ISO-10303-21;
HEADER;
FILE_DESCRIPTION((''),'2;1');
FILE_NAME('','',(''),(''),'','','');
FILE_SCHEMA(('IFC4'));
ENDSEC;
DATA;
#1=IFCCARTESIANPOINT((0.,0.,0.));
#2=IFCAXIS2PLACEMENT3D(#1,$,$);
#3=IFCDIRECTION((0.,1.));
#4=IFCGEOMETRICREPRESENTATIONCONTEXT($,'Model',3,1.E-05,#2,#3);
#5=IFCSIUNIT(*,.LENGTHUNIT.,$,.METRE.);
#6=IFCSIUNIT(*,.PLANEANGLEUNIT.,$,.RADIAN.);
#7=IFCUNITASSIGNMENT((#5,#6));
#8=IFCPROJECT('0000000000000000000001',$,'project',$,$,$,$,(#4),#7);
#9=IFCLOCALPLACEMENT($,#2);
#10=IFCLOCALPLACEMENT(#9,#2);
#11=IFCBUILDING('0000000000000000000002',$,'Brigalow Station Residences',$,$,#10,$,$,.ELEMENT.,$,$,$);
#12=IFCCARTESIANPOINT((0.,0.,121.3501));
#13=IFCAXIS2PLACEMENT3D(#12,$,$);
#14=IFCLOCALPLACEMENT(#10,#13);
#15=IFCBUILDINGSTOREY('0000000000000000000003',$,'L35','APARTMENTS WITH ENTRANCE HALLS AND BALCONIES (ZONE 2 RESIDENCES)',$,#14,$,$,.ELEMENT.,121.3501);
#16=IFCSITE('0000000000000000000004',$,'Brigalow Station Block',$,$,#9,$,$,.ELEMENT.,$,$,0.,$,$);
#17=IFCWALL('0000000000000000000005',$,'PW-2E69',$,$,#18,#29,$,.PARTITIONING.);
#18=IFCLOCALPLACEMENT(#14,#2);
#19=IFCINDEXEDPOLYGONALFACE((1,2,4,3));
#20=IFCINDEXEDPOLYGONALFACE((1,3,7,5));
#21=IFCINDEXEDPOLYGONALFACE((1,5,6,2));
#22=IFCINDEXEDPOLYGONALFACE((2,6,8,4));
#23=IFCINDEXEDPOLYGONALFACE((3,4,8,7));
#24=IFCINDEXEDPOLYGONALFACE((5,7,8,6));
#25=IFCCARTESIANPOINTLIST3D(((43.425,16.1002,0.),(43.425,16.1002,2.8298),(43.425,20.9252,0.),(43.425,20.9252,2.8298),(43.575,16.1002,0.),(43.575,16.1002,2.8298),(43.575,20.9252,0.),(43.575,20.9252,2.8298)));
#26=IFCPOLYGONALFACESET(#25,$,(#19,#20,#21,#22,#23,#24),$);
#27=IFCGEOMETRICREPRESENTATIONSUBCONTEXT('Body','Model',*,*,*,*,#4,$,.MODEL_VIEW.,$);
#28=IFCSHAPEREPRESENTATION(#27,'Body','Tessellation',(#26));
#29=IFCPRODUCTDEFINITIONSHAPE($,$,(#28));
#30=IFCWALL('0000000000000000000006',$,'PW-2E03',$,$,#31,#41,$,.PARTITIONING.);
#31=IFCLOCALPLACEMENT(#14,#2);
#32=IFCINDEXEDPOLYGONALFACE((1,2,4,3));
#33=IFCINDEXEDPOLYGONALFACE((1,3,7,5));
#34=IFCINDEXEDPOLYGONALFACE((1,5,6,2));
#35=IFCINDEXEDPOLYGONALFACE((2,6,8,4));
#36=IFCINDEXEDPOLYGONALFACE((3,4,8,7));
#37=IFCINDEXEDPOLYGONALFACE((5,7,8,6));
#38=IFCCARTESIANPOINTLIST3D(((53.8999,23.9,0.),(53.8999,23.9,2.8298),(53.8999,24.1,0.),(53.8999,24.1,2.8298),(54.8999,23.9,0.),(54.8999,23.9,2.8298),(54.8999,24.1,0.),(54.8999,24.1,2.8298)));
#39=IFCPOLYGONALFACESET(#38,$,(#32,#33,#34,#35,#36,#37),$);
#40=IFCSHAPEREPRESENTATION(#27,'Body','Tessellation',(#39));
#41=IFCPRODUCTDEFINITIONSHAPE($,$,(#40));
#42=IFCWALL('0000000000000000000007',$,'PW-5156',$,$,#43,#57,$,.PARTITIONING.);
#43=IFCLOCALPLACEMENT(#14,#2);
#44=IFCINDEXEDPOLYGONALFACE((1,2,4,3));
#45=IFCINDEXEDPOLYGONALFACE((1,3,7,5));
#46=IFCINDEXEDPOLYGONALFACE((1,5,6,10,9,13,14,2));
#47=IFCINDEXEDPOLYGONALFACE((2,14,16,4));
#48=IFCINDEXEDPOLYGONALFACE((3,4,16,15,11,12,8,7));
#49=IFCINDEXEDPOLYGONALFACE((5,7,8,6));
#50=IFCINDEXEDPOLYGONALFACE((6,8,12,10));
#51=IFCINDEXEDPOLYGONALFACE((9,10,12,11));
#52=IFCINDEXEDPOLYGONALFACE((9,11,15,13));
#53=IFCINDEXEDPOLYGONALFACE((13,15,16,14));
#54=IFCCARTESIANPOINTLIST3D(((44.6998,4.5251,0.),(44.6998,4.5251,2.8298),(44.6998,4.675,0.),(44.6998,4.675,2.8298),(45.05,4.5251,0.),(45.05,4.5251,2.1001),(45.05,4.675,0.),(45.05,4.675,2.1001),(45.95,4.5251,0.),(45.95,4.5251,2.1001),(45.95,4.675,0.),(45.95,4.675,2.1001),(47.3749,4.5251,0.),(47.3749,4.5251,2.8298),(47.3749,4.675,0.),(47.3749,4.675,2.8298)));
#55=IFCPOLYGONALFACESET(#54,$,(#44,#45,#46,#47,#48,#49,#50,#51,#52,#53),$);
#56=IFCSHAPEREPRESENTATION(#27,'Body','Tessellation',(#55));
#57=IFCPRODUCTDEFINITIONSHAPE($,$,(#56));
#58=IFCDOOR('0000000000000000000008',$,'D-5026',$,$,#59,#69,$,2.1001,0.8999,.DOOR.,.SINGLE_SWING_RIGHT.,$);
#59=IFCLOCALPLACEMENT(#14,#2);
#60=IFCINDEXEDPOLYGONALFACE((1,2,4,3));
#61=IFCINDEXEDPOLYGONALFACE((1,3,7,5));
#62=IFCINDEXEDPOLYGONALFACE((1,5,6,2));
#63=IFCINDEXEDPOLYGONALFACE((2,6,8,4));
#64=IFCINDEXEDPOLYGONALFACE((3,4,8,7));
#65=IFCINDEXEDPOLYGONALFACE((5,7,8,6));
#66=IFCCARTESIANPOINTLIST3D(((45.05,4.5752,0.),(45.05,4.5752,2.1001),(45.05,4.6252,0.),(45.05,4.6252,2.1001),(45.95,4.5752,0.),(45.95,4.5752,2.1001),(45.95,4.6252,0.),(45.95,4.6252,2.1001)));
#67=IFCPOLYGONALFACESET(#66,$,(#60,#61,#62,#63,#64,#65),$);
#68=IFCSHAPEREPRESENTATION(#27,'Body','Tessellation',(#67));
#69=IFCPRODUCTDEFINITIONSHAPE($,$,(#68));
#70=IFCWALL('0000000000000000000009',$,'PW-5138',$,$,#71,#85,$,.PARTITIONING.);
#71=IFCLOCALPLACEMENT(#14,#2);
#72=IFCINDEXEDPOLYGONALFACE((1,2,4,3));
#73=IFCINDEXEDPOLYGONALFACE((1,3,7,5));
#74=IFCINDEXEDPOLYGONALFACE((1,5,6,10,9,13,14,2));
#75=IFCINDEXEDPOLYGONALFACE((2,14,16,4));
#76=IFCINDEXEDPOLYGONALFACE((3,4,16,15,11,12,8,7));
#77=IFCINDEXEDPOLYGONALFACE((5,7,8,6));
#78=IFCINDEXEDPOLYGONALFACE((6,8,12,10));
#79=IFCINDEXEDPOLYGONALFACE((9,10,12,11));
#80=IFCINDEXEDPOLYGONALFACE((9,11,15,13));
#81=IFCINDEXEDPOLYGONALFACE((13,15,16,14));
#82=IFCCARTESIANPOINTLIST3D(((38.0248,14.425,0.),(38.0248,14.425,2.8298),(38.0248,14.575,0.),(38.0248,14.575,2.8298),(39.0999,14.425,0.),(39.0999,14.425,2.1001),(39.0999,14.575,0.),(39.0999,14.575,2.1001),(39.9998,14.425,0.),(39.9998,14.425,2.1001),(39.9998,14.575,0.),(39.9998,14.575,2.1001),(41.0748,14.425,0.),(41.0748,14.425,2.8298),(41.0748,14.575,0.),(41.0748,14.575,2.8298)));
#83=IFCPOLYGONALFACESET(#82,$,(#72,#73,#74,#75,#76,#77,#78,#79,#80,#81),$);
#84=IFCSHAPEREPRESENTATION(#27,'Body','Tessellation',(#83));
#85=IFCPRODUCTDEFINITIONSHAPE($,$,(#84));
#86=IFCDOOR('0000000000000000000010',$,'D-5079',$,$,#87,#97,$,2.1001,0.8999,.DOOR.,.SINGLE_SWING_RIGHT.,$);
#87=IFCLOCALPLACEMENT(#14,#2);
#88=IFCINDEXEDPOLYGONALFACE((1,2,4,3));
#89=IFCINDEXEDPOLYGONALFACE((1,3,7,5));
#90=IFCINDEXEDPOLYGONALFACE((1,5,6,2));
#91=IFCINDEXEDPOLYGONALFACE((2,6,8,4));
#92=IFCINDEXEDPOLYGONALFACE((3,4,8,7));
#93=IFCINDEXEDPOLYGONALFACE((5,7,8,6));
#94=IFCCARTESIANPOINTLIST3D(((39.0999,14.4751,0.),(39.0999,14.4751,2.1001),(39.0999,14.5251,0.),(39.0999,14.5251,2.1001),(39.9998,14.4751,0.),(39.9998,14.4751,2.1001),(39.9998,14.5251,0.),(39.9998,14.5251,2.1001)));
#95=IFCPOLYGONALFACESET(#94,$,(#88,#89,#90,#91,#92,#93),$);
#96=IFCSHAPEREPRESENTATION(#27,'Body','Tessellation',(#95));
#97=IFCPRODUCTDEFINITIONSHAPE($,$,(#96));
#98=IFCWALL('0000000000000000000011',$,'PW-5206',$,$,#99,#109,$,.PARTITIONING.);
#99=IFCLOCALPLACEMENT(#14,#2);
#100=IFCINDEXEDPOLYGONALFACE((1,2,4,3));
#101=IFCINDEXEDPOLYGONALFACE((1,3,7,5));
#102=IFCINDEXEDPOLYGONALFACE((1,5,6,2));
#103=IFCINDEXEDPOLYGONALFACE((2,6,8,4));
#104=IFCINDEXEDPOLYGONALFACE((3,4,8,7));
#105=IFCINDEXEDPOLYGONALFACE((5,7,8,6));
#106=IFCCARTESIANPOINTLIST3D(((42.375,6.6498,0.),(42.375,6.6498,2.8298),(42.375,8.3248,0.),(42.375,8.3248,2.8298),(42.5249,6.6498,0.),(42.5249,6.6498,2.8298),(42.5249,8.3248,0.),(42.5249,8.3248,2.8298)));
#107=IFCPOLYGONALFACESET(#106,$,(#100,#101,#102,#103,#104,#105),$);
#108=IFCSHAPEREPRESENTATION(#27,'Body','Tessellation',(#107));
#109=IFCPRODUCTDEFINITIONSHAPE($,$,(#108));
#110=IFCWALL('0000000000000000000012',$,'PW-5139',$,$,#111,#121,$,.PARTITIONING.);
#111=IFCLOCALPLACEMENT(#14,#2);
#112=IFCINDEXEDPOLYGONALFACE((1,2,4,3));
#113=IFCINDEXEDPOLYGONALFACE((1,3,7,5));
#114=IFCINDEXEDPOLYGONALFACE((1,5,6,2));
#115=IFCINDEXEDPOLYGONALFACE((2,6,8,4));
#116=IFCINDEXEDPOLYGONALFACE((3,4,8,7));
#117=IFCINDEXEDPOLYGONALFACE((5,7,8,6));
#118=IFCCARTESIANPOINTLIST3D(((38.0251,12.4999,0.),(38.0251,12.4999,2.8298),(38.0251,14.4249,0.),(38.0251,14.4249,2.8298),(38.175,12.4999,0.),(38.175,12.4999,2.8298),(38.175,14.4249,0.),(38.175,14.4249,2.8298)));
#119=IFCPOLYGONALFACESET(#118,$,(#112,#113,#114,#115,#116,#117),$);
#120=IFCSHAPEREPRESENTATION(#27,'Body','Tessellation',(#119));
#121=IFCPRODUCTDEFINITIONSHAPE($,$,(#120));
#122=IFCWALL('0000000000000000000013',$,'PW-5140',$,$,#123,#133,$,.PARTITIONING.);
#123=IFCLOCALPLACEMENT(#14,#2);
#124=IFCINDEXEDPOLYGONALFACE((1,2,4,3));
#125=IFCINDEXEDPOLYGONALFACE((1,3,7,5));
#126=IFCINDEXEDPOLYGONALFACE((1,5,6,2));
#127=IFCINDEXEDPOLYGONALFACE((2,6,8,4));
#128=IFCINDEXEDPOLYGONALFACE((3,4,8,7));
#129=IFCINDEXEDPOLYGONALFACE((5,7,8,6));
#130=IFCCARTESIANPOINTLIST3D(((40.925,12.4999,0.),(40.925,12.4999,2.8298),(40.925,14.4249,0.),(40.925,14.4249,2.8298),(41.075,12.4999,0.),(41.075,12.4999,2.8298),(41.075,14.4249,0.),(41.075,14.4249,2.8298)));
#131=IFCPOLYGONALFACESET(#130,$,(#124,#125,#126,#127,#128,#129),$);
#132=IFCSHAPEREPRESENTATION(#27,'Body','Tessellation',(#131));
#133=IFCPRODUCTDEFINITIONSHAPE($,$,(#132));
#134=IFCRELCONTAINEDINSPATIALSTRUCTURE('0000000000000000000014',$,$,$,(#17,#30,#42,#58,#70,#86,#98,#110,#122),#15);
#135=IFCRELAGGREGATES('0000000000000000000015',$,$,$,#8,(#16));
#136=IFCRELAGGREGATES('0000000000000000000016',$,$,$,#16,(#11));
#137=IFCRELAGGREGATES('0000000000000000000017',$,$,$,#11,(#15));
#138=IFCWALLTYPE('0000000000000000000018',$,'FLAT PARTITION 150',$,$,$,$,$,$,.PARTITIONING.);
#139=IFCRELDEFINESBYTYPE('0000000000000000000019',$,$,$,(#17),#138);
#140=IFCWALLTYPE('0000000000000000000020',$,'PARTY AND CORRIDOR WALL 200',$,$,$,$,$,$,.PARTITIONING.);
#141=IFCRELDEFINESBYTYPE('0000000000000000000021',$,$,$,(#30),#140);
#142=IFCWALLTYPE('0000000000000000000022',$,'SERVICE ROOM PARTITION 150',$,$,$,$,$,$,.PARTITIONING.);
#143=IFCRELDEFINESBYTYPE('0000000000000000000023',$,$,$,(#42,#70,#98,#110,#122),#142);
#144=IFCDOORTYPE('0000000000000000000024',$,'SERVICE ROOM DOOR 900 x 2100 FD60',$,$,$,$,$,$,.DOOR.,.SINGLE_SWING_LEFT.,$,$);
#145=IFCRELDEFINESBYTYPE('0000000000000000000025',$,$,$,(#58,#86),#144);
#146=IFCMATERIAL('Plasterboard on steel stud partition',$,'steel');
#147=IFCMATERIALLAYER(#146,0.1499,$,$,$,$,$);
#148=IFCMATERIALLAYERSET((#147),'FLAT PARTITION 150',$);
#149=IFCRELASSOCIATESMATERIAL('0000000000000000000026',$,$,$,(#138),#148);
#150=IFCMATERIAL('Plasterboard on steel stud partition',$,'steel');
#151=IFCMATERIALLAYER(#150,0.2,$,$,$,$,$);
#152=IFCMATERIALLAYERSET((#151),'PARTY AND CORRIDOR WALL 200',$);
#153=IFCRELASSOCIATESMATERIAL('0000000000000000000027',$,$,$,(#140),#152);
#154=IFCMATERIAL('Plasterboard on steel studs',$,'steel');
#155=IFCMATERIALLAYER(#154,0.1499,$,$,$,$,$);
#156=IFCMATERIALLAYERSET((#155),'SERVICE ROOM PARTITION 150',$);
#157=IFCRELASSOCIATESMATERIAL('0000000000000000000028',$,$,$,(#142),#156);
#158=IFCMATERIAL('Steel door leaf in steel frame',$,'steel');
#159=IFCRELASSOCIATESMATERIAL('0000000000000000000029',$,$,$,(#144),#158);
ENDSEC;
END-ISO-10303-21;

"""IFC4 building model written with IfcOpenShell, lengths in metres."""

from ifc_helpers import new_model, si_unit, direction, frame, frame_2d, origin, place, context, subcontext, project, spatial, rectangle, extrude, material, layer, layer_set, type_object, element, fill, save


model = new_model("IFC4")

# Units and contexts
model_context = context("Model", 3, precision=1e-05, world=origin(), true_north=direction((0.0, 1.0)))
body_context = subcontext(model_context, "Body", "Model", "MODEL_VIEW")
ifc_project = project(units=[si_unit("LENGTHUNIT", "METRE"), si_unit("PLANEANGLEUNIT", "RADIAN")], contexts=[model_context])

# Site, building, storey
site_placement = place(None, origin())
site = spatial("IfcSite", under=ifc_project, at=site_placement, Name="Brigalow Station Block", CompositionType="ELEMENT", RefElevation=0.0)
building_placement = place(site_placement, origin())
building = spatial("IfcBuilding", under=site, at=building_placement, Name="Brigalow Station Residences", CompositionType="ELEMENT")
storey_placement = place(building_placement, frame((0.0, 0.0, 121.3501)))
storey = spatial("IfcBuildingStorey", under=building, at=storey_placement, Name="L35", Description="APARTMENTS WITH ENTRANCE HALLS AND BALCONIES (ZONE 2 RESIDENCES)", CompositionType="ELEMENT", Elevation=121.3501)

# Shared definitions
ifc_material_1 = material(Name="Plasterboard on steel stud partition", Category="steel")
ifc_layer_1 = layer(ifc_material_1, 0.1499)
ifc_layer_set_1 = layer_set([ifc_layer_1], Name="FLAT PARTITION 150")
wall_type_1 = type_object("IfcWallType", Name="FLAT PARTITION 150", PredefinedType="PARTITIONING", material=ifc_layer_set_1)

# Walls
for number, where, z_axis, x_axis, name in (
    (1, (43.5, 16.1001, 0.0), (0.0, 0.0, 1.0), (0.0, 1.0, 0.0), "PW-2E69"),
):
    element("IfcWall", number, at=place(storey_placement, frame(where, z_axis=z_axis, x_axis=x_axis)), inside=storey, type_object=wall_type_1, Name=name, PredefinedType="PARTITIONING", context=body_context, shape_type="SweptSolid", body=[
        extrude(rectangle(XDim=4.825, YDim=0.1499, at=frame_2d((2.4126, 0.0))), origin(), (0.0, 0.0, 1.0), 2.8298),
    ])
ifc_material_2 = material(Name="Plasterboard on steel stud partition", Category="steel")
ifc_layer_2 = layer(ifc_material_2, 0.2)
ifc_layer_set_2 = layer_set([ifc_layer_2], Name="PARTY AND CORRIDOR WALL 200")
wall_type_2 = type_object("IfcWallType", Name="PARTY AND CORRIDOR WALL 200", PredefinedType="PARTITIONING", material=ifc_layer_set_2)
wall_1_placement = place(storey_placement, frame((53.8999, 24.0, 0.0), z_axis=(0.0, 0.0, 1.0), x_axis=(1.0, 0.0, 0.0)))
element("IfcWall", 2, at=wall_1_placement, inside=storey, type_object=wall_type_2, Name="PW-2E03", PredefinedType="PARTITIONING", context=body_context, shape_type="SweptSolid", body=[
    extrude(rectangle(XDim=1.0, YDim=0.2, at=frame_2d((0.5, 0.0))), origin(), (0.0, 0.0, 1.0), 2.8298),
])

# Walls, openings, doors
ifc_material_3 = material(Name="Plasterboard on steel studs", Category="steel")
ifc_layer_3 = layer(ifc_material_3, 0.1499)
ifc_layer_set_3 = layer_set([ifc_layer_3], Name="SERVICE ROOM PARTITION 150")
wall_type_3 = type_object("IfcWallType", Name="SERVICE ROOM PARTITION 150", PredefinedType="PARTITIONING", material=ifc_layer_set_3)
wall_2_placement = place(storey_placement, frame((44.7, 4.6001, 0.0), z_axis=(0.0, 0.0, 1.0), x_axis=(1.0, 0.0, 0.0)))
wall_2 = element("IfcWall", 3, at=wall_2_placement, inside=storey, type_object=wall_type_3, Name="PW-5156", PredefinedType="PARTITIONING", context=body_context, shape_type="SweptSolid", body=[
    extrude(rectangle(XDim=2.675, YDim=0.1499, at=frame_2d((1.3374, 0.0))), origin(), (0.0, 0.0, 1.0), 2.8298),
])
opening_1_placement = place(wall_2_placement, frame((0.3501, 0.0, 0.0)))
opening_1 = element("IfcOpeningElement", 4, at=opening_1_placement, cuts=wall_2, PredefinedType="OPENING", context=body_context, shape_type="SweptSolid", body=[
    extrude(rectangle(XDim=0.8999, YDim=2.1001, at=frame_2d((0.45, 1.05))), frame((0.0, 0.085, 0.0), z_axis=(0.0, -1.0, 0.0), x_axis=(1.0, 0.0, 0.0)), (0.0, 0.0, 1.0), 0.1699),
])
ifc_material_4 = material(Name="Steel door leaf in steel frame", Category="steel")
door_type_1 = type_object("IfcDoorType", Name="SERVICE ROOM DOOR 900 x 2100 FD60", OperationType="SINGLE_SWING_LEFT", PredefinedType="DOOR", material=ifc_material_4)
door_1_placement = place(opening_1_placement, frame((0.8999, 0.0, 0.0), z_axis=(0.0, 0.0, 1.0), x_axis=(-1.0, 0.0, 0.0)))
door_1 = element("IfcDoor", 5, at=door_1_placement, inside=storey, type_object=door_type_1, Name="D-5026", OperationType="SINGLE_SWING_RIGHT", OverallHeight=2.1001, OverallWidth=0.8999, PredefinedType="DOOR", context=body_context, shape_type="SweptSolid", body=[
    extrude(rectangle(XDim=0.8999, YDim=2.1001, at=frame_2d((0.45, 1.05))), frame((0.0, 0.0249, 0.0), z_axis=(0.0, -1.0, 0.0), x_axis=(1.0, 0.0, 0.0)), (0.0, 0.0, 1.0), 0.05),
])
fill(opening_1, door_1)
wall_3_placement = place(storey_placement, frame((38.0249, 14.5, 0.0), z_axis=(0.0, 0.0, 1.0), x_axis=(1.0, 0.0, 0.0)))
wall_3 = element("IfcWall", 6, at=wall_3_placement, inside=storey, type_object=wall_type_3, Name="PW-5138", PredefinedType="PARTITIONING", context=body_context, shape_type="SweptSolid", body=[
    extrude(rectangle(XDim=3.05, YDim=0.1499, at=frame_2d((1.5249, 0.0))), origin(), (0.0, 0.0, 1.0), 2.8298),
])
opening_2_placement = place(wall_3_placement, frame((1.075, 0.0, 0.0)))
opening_2 = element("IfcOpeningElement", 7, at=opening_2_placement, cuts=wall_3, PredefinedType="OPENING", context=body_context, shape_type="SweptSolid", body=[
    extrude(rectangle(XDim=0.8999, YDim=2.1001, at=frame_2d((0.45, 1.05))), frame((0.0, 0.085, 0.0), z_axis=(0.0, -1.0, 0.0), x_axis=(1.0, 0.0, 0.0)), (0.0, 0.0, 1.0), 0.1699),
])
door_2_placement = place(opening_2_placement, frame((0.8999, 0.0, 0.0), z_axis=(0.0, 0.0, 1.0), x_axis=(-1.0, 0.0, 0.0)))
door_2 = element("IfcDoor", 8, at=door_2_placement, inside=storey, type_object=door_type_1, Name="D-5079", OperationType="SINGLE_SWING_RIGHT", OverallHeight=2.1001, OverallWidth=0.8999, PredefinedType="DOOR", context=body_context, shape_type="SweptSolid", body=[
    extrude(rectangle(XDim=0.8999, YDim=2.1001, at=frame_2d((0.45, 1.05))), frame((0.0, 0.0249, 0.0), z_axis=(0.0, -1.0, 0.0), x_axis=(1.0, 0.0, 0.0)), (0.0, 0.0, 1.0), 0.05),
])
fill(opening_2, door_2)

# Walls
wall_4_placement = place(storey_placement, frame((42.45, 6.6499, 0.0), z_axis=(0.0, 0.0, 1.0), x_axis=(0.0, 1.0, 0.0)))
element("IfcWall", 9, at=wall_4_placement, inside=storey, type_object=wall_type_3, Name="PW-5206", PredefinedType="PARTITIONING", context=body_context, shape_type="SweptSolid", body=[
    extrude(rectangle(XDim=1.675, YDim=0.1499, at=frame_2d((0.8374, 0.0))), origin(), (0.0, 0.0, 1.0), 2.8298),
])
for number, where, z_axis, x_axis, name in (
    (10, (38.1001, 12.5, 0.0), (0.0, 0.0, 1.0), (0.0, 1.0, 0.0), "PW-5139"),
    (11, (41.0, 12.5, 0.0), (0.0, 0.0, 1.0), (0.0, 1.0, 0.0), "PW-5140"),
):
    element("IfcWall", number, at=place(storey_placement, frame(where, z_axis=z_axis, x_axis=x_axis)), inside=storey, type_object=wall_type_3, Name=name, PredefinedType="PARTITIONING", context=body_context, shape_type="SweptSolid", body=[
        extrude(rectangle(XDim=1.925, YDim=0.1499, at=frame_2d((0.9624, 0.0))), origin(), (0.0, 0.0, 1.0), 2.8298),
    ])

save(model, "model.ifc")
